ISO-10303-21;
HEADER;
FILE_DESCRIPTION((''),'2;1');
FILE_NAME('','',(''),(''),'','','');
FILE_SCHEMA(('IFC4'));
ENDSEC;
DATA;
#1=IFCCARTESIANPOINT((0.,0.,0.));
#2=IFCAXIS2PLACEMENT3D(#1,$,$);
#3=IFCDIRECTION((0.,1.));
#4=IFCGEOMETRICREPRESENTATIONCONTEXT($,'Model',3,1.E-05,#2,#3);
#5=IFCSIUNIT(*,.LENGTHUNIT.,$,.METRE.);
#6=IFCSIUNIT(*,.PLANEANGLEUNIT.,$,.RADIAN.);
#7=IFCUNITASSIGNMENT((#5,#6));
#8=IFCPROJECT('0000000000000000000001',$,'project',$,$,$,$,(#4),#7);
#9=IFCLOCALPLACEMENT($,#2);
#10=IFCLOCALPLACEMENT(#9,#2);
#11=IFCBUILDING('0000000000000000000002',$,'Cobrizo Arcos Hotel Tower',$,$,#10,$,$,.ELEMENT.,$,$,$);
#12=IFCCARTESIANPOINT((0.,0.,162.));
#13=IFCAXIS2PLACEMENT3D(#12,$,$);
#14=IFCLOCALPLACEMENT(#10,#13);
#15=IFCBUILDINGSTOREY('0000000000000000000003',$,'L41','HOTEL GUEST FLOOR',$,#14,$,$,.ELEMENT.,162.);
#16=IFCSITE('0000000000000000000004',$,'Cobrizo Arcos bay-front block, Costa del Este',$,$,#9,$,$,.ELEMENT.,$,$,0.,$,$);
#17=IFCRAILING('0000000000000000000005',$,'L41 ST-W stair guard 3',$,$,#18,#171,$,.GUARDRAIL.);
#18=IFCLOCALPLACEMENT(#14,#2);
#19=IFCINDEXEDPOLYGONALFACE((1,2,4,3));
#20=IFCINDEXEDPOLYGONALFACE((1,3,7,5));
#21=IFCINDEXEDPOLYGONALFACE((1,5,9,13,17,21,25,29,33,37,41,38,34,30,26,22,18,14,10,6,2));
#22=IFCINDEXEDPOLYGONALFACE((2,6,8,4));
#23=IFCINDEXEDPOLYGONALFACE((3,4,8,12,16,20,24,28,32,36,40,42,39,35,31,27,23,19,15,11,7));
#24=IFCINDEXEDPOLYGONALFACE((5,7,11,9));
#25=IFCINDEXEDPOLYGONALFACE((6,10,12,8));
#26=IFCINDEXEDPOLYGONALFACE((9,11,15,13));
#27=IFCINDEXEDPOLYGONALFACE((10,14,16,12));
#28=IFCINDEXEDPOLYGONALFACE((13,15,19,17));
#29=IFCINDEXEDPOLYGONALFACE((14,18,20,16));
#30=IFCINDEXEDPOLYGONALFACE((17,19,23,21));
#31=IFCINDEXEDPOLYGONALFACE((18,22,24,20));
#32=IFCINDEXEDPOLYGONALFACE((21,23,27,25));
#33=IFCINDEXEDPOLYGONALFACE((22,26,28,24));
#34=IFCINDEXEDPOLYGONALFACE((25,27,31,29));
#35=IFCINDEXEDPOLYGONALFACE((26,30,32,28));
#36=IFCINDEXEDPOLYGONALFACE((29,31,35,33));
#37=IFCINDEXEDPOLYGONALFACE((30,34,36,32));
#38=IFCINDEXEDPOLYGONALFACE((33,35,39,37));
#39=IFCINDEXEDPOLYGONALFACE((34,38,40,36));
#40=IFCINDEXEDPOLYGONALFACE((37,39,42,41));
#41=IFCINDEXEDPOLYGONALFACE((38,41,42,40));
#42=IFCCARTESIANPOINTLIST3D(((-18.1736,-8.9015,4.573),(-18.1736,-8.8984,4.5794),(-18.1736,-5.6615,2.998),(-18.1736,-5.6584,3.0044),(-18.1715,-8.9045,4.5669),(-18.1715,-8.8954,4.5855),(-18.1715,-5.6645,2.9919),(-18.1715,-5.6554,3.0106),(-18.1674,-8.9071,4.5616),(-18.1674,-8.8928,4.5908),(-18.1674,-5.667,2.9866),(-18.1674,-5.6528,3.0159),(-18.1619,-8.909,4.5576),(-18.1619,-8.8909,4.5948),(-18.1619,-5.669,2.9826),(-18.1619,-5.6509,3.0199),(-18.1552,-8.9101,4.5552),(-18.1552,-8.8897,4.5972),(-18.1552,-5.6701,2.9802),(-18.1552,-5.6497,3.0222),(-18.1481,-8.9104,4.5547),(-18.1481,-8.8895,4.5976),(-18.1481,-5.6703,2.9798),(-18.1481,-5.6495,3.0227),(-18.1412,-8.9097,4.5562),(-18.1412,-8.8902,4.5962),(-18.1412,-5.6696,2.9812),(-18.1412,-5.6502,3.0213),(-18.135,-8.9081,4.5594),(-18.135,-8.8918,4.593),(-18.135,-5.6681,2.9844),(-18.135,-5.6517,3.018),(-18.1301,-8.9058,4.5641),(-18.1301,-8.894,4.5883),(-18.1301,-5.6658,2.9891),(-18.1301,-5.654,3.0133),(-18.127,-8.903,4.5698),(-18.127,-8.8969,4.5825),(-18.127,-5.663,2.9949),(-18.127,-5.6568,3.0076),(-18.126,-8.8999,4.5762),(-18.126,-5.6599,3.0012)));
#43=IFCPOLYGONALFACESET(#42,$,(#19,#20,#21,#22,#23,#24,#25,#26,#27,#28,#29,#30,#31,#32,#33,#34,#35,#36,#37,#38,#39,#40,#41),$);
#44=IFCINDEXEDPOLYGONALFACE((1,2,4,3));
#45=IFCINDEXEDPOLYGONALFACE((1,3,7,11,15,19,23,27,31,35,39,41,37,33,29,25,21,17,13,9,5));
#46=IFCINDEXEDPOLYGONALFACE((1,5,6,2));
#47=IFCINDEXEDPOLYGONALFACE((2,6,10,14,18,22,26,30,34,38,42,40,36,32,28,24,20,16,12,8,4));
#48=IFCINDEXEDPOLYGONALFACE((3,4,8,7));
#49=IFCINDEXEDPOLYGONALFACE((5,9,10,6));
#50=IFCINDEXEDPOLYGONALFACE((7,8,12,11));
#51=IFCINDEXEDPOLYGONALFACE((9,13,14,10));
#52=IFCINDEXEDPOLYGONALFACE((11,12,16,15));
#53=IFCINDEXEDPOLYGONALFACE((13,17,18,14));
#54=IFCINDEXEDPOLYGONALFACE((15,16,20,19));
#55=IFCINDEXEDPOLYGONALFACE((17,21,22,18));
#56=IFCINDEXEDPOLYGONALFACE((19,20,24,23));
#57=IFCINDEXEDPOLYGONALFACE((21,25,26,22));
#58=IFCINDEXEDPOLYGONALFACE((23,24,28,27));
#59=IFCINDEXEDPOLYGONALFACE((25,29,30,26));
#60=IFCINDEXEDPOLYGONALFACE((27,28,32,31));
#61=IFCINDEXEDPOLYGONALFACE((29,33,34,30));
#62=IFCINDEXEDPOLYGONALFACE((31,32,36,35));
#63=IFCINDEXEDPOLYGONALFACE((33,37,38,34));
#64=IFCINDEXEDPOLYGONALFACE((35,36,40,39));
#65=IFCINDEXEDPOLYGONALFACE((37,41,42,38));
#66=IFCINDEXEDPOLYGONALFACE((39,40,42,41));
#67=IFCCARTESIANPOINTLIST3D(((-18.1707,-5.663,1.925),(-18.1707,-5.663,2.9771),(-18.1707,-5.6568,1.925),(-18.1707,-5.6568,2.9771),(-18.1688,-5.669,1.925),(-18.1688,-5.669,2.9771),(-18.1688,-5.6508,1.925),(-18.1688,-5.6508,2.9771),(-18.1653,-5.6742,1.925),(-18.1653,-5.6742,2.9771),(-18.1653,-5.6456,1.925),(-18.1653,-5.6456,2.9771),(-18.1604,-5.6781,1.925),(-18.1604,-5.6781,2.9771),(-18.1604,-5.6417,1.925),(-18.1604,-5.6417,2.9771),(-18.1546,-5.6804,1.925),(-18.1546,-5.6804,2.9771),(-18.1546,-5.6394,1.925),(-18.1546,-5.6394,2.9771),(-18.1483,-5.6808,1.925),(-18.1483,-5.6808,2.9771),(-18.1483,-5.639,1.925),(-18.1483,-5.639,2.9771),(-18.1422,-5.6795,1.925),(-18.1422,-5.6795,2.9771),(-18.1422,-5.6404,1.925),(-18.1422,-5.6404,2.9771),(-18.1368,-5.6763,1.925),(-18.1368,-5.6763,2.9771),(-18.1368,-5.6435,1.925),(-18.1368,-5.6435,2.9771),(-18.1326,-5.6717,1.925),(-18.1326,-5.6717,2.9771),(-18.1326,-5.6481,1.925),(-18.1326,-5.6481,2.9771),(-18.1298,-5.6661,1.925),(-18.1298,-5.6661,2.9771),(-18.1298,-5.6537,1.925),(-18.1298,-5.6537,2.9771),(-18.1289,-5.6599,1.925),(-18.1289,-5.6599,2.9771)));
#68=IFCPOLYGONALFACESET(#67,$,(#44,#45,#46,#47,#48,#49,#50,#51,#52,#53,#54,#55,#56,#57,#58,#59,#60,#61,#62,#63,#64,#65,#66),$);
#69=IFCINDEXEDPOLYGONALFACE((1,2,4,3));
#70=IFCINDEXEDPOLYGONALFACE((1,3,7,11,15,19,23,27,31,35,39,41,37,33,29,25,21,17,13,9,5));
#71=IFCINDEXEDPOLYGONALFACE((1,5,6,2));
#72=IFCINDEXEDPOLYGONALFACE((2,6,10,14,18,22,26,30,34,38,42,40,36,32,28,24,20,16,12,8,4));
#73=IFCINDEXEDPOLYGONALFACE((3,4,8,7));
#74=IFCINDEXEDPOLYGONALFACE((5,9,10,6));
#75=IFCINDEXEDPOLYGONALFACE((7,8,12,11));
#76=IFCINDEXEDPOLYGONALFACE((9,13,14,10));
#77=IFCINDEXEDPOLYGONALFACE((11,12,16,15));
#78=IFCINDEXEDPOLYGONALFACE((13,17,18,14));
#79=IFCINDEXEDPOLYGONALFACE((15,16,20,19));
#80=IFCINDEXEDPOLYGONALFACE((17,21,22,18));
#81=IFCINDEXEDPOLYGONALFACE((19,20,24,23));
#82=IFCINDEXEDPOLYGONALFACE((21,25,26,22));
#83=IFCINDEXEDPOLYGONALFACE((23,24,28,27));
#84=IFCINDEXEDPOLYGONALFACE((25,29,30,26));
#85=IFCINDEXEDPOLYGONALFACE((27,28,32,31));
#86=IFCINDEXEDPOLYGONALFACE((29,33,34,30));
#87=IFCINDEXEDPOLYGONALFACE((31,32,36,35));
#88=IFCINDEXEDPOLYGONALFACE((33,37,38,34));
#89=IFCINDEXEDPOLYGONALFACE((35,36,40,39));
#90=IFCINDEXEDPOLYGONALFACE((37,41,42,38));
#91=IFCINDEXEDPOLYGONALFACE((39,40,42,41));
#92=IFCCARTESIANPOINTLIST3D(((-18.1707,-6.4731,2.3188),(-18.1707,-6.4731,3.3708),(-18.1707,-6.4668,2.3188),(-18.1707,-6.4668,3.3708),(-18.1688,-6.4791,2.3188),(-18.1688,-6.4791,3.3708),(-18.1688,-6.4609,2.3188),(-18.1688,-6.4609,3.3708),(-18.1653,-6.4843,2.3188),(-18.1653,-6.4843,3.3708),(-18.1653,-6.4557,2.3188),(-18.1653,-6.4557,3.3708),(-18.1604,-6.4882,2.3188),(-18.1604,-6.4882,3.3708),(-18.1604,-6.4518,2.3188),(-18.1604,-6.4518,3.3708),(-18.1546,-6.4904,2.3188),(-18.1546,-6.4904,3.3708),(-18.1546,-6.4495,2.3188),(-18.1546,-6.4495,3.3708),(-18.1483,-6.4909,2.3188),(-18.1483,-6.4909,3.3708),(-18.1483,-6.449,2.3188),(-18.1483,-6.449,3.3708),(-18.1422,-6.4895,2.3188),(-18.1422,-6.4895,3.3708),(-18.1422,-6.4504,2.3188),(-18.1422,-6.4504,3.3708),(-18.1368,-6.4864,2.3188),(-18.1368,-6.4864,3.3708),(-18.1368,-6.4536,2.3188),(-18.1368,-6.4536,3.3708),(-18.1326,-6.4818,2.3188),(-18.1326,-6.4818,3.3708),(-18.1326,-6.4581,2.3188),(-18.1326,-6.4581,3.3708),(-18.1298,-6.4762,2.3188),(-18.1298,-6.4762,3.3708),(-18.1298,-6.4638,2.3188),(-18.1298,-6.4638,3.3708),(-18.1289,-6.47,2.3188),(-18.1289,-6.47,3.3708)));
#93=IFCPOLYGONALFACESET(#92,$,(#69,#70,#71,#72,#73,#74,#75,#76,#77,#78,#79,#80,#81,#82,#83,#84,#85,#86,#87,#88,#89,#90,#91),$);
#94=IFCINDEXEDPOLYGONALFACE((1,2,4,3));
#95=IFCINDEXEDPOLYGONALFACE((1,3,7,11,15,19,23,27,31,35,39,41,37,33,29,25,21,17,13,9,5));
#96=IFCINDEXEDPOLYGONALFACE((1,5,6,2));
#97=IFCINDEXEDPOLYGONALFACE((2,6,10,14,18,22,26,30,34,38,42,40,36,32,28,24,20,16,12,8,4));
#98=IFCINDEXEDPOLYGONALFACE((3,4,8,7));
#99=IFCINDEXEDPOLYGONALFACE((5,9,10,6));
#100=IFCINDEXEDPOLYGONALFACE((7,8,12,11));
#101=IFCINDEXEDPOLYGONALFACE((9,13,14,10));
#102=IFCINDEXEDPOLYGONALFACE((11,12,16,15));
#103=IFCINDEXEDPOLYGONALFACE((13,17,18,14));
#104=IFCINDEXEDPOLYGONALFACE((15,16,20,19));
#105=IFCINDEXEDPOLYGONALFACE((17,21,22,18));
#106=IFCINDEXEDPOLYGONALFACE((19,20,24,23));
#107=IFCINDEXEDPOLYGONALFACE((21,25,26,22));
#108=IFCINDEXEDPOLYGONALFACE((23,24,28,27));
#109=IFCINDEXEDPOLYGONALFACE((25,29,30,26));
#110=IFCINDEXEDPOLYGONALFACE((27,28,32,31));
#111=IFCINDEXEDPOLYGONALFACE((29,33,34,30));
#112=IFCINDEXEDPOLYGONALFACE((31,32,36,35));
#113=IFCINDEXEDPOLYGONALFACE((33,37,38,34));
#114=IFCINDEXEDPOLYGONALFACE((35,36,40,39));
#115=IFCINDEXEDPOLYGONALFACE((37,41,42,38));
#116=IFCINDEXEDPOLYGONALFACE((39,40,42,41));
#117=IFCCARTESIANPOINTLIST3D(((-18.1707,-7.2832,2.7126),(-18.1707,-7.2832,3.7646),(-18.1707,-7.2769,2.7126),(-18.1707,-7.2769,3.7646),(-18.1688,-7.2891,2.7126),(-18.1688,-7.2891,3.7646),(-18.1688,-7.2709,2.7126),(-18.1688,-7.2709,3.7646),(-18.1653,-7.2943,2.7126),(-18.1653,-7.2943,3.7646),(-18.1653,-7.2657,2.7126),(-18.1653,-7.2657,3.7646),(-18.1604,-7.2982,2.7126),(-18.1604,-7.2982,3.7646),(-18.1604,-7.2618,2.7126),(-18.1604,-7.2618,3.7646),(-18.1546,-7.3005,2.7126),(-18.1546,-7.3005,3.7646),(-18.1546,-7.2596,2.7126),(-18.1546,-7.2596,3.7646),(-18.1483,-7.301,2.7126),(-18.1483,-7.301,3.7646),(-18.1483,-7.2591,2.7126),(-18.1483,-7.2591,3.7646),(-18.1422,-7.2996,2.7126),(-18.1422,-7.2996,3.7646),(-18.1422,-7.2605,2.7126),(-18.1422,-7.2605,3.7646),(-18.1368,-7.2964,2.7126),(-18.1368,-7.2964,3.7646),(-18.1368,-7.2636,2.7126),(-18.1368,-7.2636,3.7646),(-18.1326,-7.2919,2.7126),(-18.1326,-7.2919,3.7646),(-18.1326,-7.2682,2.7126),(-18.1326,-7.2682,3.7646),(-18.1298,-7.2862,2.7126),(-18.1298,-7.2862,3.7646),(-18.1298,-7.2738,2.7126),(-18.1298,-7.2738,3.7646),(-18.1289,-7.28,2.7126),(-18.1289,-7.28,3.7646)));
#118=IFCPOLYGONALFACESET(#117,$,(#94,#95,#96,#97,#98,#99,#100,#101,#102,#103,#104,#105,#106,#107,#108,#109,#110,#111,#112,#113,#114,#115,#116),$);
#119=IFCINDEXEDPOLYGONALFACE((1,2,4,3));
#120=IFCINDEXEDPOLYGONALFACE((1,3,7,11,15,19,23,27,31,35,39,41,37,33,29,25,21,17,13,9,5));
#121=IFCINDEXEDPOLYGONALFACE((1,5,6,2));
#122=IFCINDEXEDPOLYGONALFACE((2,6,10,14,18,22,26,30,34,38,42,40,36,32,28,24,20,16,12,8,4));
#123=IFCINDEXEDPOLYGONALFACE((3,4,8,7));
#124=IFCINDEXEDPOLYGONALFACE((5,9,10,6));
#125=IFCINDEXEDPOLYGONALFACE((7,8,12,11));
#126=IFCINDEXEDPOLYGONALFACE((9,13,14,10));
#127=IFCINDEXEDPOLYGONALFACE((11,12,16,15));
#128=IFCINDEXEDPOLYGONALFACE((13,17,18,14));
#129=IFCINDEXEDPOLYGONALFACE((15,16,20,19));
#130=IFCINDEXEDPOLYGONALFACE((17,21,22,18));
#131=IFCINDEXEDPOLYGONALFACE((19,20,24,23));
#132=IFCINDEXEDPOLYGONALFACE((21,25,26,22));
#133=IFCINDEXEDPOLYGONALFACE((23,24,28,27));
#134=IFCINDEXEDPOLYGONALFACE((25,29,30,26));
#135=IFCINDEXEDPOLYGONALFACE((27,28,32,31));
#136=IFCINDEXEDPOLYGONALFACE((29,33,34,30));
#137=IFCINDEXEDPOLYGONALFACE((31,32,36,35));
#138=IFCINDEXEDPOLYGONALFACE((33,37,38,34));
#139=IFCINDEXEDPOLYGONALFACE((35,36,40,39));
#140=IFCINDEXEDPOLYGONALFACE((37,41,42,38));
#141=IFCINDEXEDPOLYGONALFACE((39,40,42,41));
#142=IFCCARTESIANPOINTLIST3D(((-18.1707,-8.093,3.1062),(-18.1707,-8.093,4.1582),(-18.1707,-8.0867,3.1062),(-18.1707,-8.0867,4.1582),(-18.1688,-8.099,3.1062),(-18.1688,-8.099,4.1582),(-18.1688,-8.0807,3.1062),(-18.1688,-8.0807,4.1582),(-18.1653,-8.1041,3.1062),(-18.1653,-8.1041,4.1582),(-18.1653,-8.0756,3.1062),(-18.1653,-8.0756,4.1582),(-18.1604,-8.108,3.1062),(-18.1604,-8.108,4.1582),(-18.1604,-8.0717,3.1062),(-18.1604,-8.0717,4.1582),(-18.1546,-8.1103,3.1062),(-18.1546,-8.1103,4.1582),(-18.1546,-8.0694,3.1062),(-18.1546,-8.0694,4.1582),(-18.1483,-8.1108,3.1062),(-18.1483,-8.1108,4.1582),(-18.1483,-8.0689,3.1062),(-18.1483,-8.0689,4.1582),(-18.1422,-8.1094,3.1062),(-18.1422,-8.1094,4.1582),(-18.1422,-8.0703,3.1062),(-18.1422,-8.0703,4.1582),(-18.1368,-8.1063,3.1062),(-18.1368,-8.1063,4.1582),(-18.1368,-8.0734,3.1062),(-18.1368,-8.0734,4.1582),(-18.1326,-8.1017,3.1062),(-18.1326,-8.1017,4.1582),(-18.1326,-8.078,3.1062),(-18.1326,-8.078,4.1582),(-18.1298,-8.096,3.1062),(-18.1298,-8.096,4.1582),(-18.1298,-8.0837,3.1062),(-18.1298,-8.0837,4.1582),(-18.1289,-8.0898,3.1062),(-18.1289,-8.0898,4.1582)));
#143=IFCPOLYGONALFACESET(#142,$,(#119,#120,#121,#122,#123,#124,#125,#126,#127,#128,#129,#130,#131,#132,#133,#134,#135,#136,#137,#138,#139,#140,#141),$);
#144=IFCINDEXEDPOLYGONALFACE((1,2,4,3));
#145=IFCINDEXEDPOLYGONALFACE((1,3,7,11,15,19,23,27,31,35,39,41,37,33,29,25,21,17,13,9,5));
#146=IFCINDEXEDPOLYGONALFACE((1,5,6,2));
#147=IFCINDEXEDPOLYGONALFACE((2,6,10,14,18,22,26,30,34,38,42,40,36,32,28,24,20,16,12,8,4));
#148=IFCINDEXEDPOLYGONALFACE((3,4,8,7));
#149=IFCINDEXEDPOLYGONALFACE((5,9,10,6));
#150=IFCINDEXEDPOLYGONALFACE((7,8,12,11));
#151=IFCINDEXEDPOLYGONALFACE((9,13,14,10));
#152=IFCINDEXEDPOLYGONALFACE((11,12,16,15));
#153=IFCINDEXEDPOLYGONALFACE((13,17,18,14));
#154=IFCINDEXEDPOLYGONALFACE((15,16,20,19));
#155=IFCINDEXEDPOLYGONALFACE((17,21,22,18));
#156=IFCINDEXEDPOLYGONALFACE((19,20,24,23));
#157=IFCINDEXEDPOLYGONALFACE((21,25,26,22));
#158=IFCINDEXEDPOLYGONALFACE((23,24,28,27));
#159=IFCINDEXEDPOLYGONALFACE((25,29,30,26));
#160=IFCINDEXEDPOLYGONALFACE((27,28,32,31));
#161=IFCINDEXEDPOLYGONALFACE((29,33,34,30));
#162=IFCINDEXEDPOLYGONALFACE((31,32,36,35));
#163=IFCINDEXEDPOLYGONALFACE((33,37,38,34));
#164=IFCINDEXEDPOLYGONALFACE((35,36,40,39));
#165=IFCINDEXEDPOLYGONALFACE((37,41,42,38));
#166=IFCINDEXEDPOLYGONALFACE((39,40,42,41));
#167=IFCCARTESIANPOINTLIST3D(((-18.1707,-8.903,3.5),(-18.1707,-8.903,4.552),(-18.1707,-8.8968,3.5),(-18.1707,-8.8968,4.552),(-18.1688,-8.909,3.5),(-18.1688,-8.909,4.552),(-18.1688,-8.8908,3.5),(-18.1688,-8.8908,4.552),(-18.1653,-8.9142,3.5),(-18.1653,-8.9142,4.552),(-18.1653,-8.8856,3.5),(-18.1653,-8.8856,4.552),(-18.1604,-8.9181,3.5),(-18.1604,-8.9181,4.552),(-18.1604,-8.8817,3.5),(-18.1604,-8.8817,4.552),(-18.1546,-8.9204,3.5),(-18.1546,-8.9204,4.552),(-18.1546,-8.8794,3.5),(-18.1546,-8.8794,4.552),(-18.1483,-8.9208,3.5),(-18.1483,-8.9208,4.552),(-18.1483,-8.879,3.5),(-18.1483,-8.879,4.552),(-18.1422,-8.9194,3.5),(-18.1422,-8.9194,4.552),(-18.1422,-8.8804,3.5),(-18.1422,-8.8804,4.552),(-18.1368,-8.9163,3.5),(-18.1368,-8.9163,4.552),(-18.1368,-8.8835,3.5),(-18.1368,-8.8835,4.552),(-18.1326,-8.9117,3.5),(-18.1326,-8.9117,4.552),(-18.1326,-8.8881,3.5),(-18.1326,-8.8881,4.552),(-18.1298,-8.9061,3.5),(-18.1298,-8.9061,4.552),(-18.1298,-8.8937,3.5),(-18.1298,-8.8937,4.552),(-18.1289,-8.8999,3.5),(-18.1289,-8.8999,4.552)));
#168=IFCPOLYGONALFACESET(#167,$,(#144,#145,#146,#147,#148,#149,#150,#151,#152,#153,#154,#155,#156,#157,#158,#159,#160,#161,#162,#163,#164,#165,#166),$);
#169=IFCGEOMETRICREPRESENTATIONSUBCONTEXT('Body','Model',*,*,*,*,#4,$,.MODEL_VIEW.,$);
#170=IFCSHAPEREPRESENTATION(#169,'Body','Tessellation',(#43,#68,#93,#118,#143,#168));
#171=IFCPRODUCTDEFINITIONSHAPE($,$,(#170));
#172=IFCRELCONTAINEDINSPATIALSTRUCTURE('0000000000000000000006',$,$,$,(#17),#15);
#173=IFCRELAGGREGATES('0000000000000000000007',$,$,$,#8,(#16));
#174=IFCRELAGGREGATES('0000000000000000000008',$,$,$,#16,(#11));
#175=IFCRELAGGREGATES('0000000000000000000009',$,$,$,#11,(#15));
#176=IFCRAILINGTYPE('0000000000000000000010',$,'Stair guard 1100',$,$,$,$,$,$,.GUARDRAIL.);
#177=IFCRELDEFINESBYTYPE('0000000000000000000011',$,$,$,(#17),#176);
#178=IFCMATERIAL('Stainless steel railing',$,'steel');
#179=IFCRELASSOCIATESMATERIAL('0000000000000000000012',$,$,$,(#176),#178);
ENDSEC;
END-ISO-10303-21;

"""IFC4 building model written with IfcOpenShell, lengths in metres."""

from ifc_helpers import new_model, si_unit, direction, frame, origin, origin_2d, place, context, subcontext, project, spatial, circle, extrude, material, type_object, element, save


model = new_model("IFC4")

# Units and contexts
model_context = context("Model", 3, precision=1e-05, world=origin(), true_north=direction((0.0, 1.0)))
body_context = subcontext(model_context, "Body", "Model", "MODEL_VIEW")
ifc_project = project(units=[si_unit("LENGTHUNIT", "METRE"), si_unit("PLANEANGLEUNIT", "RADIAN")], contexts=[model_context])

# Site, building, storey
site_placement = place(None, origin())
site = spatial("IfcSite", under=ifc_project, at=site_placement, Name="Cobrizo Arcos bay-front block, Costa del Este", CompositionType="ELEMENT", RefElevation=0.0)
building_placement = place(site_placement, origin())
building = spatial("IfcBuilding", under=site, at=building_placement, Name="Cobrizo Arcos Hotel Tower", CompositionType="ELEMENT")
storey_placement = place(building_placement, frame((0.0, 0.0, 162.0)))
storey = spatial("IfcBuildingStorey", under=building, at=storey_placement, Name="L41", Description="HOTEL GUEST FLOOR", CompositionType="ELEMENT", Elevation=162.0)

# Railing
ifc_material_1 = material(Name="Stainless steel railing", Category="steel")
railing_type_1 = type_object("IfcRailingType", Name="Stair guard 1100", PredefinedType="GUARDRAIL", material=ifc_material_1)
railing_1_placement = place(storey_placement, frame((-18.1499, -5.6599, 1.925)))
element("IfcRailing", 1, at=railing_1_placement, inside=storey, type_object=railing_type_1, Name="L41 ST-W stair guard 3", PredefinedType="GUARDRAIL", context=body_context, shape_type="SweptSolid", body=[
    extrude(circle(Radius=0.0239, at=origin_2d()), frame((0.0, 0.0, 1.0762), z_axis=(0.0, -0.899373, 0.437183), x_axis=(1.0, 0.0, 0.0)), (0.0, 0.0, 1.0), 3.6025),
    extrude(circle(Radius=0.021, at=origin_2d()), origin(), (0.0, 0.0, 1.0), 1.052),
    extrude(circle(Radius=0.021, at=origin_2d()), frame((0.0, -0.8101, 0.3938)), (0.0, 0.0, 1.0), 1.052),
    extrude(circle(Radius=0.021, at=origin_2d()), frame((0.0, -1.6201, 0.7876)), (0.0, 0.0, 1.0), 1.052),
    extrude(circle(Radius=0.021, at=origin_2d()), frame((0.0, -2.4299, 1.1812)), (0.0, 0.0, 1.0), 1.052),
    extrude(circle(Radius=0.021, at=origin_2d()), frame((0.0, -3.24, 1.575)), (0.0, 0.0, 1.0), 1.052),
])

save(model, "model.ifc")
